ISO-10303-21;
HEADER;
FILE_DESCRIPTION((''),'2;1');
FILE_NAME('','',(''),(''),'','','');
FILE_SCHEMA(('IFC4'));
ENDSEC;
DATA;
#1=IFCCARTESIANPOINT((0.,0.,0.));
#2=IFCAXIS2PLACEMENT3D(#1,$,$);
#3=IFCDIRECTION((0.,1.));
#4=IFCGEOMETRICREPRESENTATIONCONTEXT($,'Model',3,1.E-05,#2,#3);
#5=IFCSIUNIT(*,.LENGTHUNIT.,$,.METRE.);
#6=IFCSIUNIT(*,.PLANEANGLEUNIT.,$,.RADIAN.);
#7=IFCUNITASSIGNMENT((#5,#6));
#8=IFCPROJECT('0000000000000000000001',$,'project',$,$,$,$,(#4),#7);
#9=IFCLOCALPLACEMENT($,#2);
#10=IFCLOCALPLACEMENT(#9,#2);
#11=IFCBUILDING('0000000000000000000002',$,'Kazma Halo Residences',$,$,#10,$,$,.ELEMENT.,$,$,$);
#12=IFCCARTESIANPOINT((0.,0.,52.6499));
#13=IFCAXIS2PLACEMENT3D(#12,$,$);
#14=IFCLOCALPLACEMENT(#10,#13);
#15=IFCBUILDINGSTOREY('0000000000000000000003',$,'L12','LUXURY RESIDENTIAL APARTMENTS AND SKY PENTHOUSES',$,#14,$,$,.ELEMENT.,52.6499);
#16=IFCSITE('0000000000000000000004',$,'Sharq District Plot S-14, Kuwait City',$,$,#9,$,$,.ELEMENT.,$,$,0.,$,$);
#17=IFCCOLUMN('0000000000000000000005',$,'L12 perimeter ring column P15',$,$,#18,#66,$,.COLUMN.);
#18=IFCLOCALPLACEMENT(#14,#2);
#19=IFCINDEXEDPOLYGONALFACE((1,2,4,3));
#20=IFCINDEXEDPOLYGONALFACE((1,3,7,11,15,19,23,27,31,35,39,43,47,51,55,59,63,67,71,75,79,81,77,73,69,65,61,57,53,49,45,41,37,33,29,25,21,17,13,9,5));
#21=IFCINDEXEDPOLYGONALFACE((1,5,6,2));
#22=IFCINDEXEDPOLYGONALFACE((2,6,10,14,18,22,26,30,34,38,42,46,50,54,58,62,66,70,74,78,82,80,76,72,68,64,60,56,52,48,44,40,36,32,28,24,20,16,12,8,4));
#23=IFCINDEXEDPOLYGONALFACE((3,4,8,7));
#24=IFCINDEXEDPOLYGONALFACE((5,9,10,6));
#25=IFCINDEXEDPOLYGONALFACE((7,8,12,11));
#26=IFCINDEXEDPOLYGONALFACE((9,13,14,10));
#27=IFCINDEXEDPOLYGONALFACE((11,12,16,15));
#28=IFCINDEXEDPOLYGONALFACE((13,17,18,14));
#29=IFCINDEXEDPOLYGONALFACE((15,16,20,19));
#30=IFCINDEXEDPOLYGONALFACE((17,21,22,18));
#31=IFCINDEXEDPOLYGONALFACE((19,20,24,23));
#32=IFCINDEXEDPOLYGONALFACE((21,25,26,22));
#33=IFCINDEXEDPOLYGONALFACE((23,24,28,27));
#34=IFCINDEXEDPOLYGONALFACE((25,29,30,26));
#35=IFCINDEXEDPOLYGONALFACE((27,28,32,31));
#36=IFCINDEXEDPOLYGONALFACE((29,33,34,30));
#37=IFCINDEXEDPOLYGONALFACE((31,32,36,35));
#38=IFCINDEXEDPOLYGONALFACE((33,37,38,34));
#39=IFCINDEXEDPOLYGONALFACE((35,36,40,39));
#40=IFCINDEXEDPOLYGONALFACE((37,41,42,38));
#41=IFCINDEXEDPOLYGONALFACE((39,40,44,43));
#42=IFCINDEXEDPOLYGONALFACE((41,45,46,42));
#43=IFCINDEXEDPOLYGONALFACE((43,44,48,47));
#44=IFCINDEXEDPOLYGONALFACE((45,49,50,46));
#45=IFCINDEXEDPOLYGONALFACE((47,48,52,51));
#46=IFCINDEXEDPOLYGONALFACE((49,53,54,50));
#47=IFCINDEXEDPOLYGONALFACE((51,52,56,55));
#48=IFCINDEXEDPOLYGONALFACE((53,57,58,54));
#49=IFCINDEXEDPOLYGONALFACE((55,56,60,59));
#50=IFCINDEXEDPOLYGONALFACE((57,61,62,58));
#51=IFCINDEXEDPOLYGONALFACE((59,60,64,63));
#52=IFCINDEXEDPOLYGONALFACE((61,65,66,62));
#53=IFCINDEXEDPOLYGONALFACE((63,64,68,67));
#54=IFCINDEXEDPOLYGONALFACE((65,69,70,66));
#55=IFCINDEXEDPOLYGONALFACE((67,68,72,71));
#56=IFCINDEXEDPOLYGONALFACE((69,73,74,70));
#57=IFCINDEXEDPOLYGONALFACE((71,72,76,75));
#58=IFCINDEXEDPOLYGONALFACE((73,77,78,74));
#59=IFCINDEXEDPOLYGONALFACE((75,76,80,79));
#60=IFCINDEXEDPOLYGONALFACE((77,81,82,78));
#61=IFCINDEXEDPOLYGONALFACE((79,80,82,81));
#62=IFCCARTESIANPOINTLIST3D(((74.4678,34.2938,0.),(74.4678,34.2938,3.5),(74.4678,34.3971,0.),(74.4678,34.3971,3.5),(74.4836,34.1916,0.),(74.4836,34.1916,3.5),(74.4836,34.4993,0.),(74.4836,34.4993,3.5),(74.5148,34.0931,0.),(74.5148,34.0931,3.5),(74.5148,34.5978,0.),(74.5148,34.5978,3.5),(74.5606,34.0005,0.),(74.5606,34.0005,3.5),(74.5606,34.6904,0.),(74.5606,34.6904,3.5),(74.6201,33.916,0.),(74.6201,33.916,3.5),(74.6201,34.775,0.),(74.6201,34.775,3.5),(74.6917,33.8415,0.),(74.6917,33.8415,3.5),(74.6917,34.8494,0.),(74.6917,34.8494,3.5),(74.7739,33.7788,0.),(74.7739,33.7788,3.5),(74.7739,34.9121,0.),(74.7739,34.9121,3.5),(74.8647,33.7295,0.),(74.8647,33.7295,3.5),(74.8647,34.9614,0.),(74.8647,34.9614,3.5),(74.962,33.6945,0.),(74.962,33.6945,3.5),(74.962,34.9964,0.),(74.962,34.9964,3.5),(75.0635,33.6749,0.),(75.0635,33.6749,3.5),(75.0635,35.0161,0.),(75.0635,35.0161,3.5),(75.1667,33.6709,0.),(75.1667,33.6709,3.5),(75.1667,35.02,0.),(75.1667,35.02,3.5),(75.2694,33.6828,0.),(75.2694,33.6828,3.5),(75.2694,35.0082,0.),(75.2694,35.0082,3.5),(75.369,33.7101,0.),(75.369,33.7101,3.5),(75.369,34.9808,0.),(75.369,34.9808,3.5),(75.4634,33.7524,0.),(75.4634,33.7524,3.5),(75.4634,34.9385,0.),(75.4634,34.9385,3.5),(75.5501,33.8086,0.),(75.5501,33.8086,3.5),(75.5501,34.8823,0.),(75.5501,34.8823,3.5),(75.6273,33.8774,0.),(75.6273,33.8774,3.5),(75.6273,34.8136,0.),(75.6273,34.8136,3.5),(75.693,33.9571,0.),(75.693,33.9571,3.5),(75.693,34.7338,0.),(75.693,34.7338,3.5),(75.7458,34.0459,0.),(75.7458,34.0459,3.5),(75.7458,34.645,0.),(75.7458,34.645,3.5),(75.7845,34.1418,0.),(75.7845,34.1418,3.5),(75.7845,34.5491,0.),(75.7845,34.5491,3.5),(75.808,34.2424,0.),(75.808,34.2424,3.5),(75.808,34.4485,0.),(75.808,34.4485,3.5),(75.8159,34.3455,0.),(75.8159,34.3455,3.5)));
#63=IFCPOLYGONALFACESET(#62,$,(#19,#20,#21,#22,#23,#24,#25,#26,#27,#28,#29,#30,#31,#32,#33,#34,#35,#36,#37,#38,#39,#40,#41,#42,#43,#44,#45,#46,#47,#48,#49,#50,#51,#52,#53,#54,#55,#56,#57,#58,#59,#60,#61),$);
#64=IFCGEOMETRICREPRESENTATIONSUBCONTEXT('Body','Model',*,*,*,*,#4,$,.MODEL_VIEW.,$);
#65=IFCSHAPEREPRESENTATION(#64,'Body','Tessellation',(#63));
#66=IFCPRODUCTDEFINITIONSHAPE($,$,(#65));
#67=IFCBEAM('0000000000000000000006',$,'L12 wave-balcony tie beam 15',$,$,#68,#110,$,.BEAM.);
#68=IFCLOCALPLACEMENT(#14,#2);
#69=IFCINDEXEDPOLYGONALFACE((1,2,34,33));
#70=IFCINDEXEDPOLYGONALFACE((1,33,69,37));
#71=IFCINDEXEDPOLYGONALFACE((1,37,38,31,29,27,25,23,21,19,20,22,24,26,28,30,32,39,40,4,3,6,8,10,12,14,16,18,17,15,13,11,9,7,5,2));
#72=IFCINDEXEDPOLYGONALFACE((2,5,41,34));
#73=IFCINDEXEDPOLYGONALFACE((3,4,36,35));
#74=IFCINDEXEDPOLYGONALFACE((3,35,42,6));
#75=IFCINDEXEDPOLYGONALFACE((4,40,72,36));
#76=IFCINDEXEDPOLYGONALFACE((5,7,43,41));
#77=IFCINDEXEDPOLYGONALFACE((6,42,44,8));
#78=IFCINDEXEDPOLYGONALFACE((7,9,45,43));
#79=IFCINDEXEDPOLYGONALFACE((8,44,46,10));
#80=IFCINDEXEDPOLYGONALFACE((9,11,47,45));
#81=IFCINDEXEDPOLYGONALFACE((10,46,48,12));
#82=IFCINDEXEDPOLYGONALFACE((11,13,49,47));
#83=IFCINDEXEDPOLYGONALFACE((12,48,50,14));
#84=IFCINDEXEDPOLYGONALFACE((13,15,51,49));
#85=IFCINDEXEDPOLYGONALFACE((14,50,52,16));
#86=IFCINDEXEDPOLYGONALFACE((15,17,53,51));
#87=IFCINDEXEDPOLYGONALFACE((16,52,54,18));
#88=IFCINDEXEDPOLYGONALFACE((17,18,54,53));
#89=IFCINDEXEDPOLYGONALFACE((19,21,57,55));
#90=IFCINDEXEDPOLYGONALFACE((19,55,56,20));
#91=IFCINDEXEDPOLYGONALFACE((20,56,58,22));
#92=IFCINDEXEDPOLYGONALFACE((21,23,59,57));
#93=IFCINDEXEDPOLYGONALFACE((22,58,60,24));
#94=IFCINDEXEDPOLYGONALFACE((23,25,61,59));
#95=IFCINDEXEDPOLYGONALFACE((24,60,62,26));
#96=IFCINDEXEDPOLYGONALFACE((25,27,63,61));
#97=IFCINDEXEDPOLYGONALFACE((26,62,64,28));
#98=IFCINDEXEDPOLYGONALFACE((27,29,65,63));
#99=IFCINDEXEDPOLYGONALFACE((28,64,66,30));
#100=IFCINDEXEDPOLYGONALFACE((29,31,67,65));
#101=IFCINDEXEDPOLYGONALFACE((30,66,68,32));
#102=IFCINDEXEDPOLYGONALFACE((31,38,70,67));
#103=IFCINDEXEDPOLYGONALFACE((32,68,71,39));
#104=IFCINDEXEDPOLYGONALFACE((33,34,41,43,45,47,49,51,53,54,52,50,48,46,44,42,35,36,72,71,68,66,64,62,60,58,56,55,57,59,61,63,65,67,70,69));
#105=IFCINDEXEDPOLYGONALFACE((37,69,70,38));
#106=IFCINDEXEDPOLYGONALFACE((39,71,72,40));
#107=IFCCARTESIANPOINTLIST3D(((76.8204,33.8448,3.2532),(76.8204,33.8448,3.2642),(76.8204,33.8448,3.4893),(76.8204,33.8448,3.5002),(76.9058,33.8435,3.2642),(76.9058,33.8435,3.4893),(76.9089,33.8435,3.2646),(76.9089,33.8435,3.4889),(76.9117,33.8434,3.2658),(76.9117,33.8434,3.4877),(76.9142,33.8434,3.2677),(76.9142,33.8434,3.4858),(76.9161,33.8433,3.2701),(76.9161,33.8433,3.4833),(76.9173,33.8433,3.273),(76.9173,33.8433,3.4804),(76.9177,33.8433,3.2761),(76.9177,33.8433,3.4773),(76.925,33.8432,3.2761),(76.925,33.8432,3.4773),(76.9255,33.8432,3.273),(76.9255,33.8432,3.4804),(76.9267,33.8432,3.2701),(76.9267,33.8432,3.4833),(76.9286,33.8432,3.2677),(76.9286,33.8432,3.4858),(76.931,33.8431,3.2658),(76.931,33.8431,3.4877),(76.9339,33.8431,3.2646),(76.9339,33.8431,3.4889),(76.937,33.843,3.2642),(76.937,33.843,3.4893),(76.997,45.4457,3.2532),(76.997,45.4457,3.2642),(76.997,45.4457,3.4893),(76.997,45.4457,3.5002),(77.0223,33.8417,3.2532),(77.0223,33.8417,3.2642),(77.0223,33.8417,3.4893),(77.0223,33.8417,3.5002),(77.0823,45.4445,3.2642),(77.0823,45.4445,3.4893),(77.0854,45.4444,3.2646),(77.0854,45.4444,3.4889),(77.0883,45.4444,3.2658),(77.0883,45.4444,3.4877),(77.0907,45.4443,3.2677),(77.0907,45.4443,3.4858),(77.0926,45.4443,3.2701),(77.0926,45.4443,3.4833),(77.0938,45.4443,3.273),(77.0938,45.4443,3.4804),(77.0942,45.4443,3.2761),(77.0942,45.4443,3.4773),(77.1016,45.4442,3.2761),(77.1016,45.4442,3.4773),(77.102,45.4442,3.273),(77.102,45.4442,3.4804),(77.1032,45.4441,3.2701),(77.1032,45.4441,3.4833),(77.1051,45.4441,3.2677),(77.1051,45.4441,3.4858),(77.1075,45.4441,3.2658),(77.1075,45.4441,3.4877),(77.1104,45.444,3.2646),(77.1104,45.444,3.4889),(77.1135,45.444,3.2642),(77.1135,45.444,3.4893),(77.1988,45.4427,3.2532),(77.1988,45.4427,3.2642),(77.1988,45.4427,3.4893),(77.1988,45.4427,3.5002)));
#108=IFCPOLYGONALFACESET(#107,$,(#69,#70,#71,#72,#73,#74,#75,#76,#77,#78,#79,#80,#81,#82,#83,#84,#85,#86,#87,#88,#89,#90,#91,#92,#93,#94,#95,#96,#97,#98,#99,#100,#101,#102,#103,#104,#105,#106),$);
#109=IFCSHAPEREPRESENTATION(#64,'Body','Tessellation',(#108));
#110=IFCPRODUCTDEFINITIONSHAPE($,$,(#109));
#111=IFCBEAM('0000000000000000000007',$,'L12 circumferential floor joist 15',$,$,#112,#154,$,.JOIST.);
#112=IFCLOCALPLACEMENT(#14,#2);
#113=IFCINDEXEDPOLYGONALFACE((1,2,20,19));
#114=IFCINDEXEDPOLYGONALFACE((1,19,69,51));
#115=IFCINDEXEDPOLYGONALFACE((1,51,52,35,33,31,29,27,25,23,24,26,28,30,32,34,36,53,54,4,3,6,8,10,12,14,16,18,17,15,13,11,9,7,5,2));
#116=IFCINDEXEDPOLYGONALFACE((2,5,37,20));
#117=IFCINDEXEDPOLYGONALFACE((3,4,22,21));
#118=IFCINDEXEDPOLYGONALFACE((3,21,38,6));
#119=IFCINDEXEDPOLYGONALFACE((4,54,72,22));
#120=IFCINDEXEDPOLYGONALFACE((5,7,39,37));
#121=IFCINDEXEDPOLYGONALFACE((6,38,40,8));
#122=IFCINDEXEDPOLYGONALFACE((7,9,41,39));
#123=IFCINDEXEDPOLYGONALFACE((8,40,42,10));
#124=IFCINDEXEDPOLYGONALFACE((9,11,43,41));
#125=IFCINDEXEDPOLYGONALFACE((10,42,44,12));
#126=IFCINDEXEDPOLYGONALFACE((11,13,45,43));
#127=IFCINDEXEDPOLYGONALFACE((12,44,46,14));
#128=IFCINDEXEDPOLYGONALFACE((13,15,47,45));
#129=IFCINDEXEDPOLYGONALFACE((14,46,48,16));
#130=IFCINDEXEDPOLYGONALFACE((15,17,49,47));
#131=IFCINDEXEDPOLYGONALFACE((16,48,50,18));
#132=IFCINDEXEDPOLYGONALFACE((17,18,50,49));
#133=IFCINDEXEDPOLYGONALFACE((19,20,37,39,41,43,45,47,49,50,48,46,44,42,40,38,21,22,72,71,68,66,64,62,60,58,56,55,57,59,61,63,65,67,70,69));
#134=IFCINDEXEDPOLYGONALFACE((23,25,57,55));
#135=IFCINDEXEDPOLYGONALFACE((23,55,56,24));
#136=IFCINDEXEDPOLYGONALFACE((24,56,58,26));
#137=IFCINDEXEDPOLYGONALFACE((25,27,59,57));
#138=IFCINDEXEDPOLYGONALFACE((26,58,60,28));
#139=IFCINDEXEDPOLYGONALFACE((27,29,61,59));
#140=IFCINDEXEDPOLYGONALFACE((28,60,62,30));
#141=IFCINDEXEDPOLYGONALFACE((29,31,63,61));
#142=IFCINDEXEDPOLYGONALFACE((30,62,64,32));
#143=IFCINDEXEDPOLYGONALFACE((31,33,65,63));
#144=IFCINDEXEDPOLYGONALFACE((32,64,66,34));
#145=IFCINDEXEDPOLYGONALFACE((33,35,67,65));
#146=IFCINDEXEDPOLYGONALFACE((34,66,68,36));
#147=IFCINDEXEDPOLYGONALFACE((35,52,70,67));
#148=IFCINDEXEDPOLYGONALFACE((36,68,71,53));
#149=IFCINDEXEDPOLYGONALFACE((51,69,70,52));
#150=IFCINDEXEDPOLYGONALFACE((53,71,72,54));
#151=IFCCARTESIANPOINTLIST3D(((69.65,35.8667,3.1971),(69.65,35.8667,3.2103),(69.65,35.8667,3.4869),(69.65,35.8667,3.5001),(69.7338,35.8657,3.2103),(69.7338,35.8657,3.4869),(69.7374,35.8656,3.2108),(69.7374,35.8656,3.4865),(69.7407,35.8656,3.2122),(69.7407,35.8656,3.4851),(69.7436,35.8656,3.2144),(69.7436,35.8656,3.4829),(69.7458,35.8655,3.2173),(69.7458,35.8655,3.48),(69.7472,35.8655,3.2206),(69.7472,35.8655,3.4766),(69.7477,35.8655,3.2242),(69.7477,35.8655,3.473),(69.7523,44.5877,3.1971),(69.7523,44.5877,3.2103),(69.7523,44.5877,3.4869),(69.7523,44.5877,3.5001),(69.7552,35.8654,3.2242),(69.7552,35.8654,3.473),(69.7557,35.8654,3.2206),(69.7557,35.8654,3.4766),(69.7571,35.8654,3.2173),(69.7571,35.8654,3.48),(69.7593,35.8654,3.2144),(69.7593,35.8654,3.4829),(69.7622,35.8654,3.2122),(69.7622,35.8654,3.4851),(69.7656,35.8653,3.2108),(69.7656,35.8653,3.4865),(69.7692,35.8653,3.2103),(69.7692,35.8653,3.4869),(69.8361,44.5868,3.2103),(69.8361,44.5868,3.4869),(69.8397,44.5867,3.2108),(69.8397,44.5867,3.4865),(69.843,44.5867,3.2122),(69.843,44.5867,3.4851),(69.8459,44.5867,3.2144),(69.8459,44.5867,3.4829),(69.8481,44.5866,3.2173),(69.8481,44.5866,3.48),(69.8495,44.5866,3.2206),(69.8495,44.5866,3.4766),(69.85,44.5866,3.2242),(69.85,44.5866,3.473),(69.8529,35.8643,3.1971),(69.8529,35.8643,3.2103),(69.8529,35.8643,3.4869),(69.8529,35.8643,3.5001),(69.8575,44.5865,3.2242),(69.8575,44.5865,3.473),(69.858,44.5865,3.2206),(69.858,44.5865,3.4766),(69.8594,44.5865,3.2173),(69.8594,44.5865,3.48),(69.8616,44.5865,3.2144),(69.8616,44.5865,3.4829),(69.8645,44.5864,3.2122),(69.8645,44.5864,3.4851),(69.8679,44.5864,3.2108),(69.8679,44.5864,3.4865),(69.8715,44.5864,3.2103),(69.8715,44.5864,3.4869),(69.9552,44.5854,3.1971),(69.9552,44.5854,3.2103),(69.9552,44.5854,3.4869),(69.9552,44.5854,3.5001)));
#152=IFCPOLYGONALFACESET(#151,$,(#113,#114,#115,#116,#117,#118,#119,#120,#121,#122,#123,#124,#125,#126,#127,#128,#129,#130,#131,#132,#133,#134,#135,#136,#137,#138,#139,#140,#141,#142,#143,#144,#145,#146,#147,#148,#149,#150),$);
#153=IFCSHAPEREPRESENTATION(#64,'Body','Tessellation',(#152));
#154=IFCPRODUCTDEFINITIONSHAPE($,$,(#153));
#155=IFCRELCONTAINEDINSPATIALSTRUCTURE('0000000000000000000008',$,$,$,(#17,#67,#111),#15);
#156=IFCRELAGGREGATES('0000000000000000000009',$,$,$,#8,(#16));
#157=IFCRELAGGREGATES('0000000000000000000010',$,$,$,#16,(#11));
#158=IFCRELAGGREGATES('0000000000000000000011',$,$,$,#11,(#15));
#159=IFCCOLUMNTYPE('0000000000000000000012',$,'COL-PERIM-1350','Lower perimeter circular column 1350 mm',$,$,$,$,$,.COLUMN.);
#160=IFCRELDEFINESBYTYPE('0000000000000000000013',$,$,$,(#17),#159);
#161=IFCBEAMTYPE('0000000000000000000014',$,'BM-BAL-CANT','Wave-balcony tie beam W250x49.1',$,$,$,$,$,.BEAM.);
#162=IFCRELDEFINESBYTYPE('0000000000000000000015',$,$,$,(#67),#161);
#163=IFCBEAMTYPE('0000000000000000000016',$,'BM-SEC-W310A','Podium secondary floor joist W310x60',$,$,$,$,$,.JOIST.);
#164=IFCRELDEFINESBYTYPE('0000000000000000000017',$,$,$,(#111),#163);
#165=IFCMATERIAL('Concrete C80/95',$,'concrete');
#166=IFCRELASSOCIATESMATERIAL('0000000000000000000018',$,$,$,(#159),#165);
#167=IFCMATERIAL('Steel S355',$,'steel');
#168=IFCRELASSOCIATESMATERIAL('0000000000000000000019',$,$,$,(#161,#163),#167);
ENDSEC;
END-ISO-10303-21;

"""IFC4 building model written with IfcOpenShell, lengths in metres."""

from ifc_helpers import new_model, si_unit, direction, frame, origin, origin_2d, place, context, subcontext, project, spatial, circle, i_section, extrude, material, material_profile, profile_set, type_object, element, save


model = new_model("IFC4")

# Units and contexts
model_context = context("Model", 3, precision=1e-05, world=origin(), true_north=direction((0.0, 1.0)))
body_context = subcontext(model_context, "Body", "Model", "MODEL_VIEW")
ifc_project = project(units=[si_unit("LENGTHUNIT", "METRE"), si_unit("PLANEANGLEUNIT", "RADIAN")], contexts=[model_context])

# Site, building, storey
site_placement = place(None, origin())
site = spatial("IfcSite", under=ifc_project, at=site_placement, Name="Sharq District Plot S-14, Kuwait City", CompositionType="ELEMENT", RefElevation=0.0)
building_placement = place(site_placement, origin())
building = spatial("IfcBuilding", under=site, at=building_placement, Name="Kazma Halo Residences", CompositionType="ELEMENT")
storey_placement = place(building_placement, frame((0.0, 0.0, 52.6499)))
storey = spatial("IfcBuildingStorey", under=building, at=storey_placement, Name="L12", Description="LUXURY RESIDENTIAL APARTMENTS AND SKY PENTHOUSES", CompositionType="ELEMENT", Elevation=52.6499)

# Column
ifc_material_1 = material(Name="Concrete C80/95", Category="concrete")
ifc_material_profile_1 = material_profile(ifc_material_1, circle(Radius=0.675, at=origin_2d()), Name="CIRC1350")
ifc_profile_set_1 = profile_set([ifc_material_profile_1], Name="Concrete C80/95")
column_type = type_object("IfcColumnType", Name="COL-PERIM-1350", Description="Lower perimeter circular column 1350 mm", PredefinedType="COLUMN", material=ifc_profile_set_1)
column_placement = place(storey_placement, frame((75.1409, 34.3455, 0.0), z_axis=(0.0, 0.0, 1.0), x_axis=(1.0, 0.0, 0.0)))
element("IfcColumn", 1, at=column_placement, inside=storey, type_object=column_type, Name="L12 perimeter ring column P15", PredefinedType="COLUMN", context=body_context, shape_type="SweptSolid", body=[
    extrude(circle(Radius=0.675, at=origin_2d()), origin(), (0.0, 0.0, 1.0), 3.5),
])

# Beams
ifc_material_2 = material(Name="Steel S355", Category="steel")
ifc_material_profile_2 = material_profile(ifc_material_2, i_section(OverallWidth=0.2019, OverallDepth=0.2471, WebThickness=0.0073, FlangeThickness=0.011, FilletRadius=0.012, at=origin_2d()), Name="W250x49.1")
ifc_profile_set_2 = profile_set([ifc_material_profile_2], Name="Steel S355")
beam_type_1 = type_object("IfcBeamType", Name="BM-BAL-CANT", Description="Wave-balcony tie beam W250x49.1", PredefinedType="BEAM", material=ifc_profile_set_2)
beam_1_placement = place(storey_placement, frame((76.9214, 33.8433, 3.3767), z_axis=(0.015214, 0.999884, 0.0), x_axis=(-0.999884, 0.015214, 0.0)))
element("IfcBeam", 2, at=beam_1_placement, inside=storey, type_object=beam_type_1, Name="L12 wave-balcony tie beam 15", PredefinedType="BEAM", context=body_context, shape_type="SweptSolid", body=[
    extrude(i_section(OverallWidth=0.2019, OverallDepth=0.2471, WebThickness=0.0073, FlangeThickness=0.011, FilletRadius=0.012, at=origin_2d()), origin(), (0.0, 0.0, 1.0), 11.6023),
])
ifc_material_profile_3 = material_profile(ifc_material_2, i_section(OverallWidth=0.2029, OverallDepth=0.303, WebThickness=0.0076, FlangeThickness=0.0132, FilletRadius=0.0139, at=origin_2d()), Name="W310x60")
ifc_profile_set_3 = profile_set([ifc_material_profile_3], Name="Steel S355")
beam_type_2 = type_object("IfcBeamType", Name="BM-SEC-W310A", Description="Podium secondary floor joist W310x60", PredefinedType="JOIST", material=ifc_profile_set_3)
beam_2_placement = place(storey_placement, frame((69.7515, 35.8655, 3.3486), z_axis=(0.011729, 0.999931, 0.0), x_axis=(-0.999931, 0.011729, 0.0)))
element("IfcBeam", 3, at=beam_2_placement, inside=storey, type_object=beam_type_2, Name="L12 circumferential floor joist 15", PredefinedType="JOIST", context=body_context, shape_type="SweptSolid", body=[
    extrude(i_section(OverallWidth=0.2029, OverallDepth=0.303, WebThickness=0.0076, FlangeThickness=0.0132, FilletRadius=0.0139, at=origin_2d()), origin(), (0.0, 0.0, 1.0), 8.7217),
])

save(model, "model.ifc")
